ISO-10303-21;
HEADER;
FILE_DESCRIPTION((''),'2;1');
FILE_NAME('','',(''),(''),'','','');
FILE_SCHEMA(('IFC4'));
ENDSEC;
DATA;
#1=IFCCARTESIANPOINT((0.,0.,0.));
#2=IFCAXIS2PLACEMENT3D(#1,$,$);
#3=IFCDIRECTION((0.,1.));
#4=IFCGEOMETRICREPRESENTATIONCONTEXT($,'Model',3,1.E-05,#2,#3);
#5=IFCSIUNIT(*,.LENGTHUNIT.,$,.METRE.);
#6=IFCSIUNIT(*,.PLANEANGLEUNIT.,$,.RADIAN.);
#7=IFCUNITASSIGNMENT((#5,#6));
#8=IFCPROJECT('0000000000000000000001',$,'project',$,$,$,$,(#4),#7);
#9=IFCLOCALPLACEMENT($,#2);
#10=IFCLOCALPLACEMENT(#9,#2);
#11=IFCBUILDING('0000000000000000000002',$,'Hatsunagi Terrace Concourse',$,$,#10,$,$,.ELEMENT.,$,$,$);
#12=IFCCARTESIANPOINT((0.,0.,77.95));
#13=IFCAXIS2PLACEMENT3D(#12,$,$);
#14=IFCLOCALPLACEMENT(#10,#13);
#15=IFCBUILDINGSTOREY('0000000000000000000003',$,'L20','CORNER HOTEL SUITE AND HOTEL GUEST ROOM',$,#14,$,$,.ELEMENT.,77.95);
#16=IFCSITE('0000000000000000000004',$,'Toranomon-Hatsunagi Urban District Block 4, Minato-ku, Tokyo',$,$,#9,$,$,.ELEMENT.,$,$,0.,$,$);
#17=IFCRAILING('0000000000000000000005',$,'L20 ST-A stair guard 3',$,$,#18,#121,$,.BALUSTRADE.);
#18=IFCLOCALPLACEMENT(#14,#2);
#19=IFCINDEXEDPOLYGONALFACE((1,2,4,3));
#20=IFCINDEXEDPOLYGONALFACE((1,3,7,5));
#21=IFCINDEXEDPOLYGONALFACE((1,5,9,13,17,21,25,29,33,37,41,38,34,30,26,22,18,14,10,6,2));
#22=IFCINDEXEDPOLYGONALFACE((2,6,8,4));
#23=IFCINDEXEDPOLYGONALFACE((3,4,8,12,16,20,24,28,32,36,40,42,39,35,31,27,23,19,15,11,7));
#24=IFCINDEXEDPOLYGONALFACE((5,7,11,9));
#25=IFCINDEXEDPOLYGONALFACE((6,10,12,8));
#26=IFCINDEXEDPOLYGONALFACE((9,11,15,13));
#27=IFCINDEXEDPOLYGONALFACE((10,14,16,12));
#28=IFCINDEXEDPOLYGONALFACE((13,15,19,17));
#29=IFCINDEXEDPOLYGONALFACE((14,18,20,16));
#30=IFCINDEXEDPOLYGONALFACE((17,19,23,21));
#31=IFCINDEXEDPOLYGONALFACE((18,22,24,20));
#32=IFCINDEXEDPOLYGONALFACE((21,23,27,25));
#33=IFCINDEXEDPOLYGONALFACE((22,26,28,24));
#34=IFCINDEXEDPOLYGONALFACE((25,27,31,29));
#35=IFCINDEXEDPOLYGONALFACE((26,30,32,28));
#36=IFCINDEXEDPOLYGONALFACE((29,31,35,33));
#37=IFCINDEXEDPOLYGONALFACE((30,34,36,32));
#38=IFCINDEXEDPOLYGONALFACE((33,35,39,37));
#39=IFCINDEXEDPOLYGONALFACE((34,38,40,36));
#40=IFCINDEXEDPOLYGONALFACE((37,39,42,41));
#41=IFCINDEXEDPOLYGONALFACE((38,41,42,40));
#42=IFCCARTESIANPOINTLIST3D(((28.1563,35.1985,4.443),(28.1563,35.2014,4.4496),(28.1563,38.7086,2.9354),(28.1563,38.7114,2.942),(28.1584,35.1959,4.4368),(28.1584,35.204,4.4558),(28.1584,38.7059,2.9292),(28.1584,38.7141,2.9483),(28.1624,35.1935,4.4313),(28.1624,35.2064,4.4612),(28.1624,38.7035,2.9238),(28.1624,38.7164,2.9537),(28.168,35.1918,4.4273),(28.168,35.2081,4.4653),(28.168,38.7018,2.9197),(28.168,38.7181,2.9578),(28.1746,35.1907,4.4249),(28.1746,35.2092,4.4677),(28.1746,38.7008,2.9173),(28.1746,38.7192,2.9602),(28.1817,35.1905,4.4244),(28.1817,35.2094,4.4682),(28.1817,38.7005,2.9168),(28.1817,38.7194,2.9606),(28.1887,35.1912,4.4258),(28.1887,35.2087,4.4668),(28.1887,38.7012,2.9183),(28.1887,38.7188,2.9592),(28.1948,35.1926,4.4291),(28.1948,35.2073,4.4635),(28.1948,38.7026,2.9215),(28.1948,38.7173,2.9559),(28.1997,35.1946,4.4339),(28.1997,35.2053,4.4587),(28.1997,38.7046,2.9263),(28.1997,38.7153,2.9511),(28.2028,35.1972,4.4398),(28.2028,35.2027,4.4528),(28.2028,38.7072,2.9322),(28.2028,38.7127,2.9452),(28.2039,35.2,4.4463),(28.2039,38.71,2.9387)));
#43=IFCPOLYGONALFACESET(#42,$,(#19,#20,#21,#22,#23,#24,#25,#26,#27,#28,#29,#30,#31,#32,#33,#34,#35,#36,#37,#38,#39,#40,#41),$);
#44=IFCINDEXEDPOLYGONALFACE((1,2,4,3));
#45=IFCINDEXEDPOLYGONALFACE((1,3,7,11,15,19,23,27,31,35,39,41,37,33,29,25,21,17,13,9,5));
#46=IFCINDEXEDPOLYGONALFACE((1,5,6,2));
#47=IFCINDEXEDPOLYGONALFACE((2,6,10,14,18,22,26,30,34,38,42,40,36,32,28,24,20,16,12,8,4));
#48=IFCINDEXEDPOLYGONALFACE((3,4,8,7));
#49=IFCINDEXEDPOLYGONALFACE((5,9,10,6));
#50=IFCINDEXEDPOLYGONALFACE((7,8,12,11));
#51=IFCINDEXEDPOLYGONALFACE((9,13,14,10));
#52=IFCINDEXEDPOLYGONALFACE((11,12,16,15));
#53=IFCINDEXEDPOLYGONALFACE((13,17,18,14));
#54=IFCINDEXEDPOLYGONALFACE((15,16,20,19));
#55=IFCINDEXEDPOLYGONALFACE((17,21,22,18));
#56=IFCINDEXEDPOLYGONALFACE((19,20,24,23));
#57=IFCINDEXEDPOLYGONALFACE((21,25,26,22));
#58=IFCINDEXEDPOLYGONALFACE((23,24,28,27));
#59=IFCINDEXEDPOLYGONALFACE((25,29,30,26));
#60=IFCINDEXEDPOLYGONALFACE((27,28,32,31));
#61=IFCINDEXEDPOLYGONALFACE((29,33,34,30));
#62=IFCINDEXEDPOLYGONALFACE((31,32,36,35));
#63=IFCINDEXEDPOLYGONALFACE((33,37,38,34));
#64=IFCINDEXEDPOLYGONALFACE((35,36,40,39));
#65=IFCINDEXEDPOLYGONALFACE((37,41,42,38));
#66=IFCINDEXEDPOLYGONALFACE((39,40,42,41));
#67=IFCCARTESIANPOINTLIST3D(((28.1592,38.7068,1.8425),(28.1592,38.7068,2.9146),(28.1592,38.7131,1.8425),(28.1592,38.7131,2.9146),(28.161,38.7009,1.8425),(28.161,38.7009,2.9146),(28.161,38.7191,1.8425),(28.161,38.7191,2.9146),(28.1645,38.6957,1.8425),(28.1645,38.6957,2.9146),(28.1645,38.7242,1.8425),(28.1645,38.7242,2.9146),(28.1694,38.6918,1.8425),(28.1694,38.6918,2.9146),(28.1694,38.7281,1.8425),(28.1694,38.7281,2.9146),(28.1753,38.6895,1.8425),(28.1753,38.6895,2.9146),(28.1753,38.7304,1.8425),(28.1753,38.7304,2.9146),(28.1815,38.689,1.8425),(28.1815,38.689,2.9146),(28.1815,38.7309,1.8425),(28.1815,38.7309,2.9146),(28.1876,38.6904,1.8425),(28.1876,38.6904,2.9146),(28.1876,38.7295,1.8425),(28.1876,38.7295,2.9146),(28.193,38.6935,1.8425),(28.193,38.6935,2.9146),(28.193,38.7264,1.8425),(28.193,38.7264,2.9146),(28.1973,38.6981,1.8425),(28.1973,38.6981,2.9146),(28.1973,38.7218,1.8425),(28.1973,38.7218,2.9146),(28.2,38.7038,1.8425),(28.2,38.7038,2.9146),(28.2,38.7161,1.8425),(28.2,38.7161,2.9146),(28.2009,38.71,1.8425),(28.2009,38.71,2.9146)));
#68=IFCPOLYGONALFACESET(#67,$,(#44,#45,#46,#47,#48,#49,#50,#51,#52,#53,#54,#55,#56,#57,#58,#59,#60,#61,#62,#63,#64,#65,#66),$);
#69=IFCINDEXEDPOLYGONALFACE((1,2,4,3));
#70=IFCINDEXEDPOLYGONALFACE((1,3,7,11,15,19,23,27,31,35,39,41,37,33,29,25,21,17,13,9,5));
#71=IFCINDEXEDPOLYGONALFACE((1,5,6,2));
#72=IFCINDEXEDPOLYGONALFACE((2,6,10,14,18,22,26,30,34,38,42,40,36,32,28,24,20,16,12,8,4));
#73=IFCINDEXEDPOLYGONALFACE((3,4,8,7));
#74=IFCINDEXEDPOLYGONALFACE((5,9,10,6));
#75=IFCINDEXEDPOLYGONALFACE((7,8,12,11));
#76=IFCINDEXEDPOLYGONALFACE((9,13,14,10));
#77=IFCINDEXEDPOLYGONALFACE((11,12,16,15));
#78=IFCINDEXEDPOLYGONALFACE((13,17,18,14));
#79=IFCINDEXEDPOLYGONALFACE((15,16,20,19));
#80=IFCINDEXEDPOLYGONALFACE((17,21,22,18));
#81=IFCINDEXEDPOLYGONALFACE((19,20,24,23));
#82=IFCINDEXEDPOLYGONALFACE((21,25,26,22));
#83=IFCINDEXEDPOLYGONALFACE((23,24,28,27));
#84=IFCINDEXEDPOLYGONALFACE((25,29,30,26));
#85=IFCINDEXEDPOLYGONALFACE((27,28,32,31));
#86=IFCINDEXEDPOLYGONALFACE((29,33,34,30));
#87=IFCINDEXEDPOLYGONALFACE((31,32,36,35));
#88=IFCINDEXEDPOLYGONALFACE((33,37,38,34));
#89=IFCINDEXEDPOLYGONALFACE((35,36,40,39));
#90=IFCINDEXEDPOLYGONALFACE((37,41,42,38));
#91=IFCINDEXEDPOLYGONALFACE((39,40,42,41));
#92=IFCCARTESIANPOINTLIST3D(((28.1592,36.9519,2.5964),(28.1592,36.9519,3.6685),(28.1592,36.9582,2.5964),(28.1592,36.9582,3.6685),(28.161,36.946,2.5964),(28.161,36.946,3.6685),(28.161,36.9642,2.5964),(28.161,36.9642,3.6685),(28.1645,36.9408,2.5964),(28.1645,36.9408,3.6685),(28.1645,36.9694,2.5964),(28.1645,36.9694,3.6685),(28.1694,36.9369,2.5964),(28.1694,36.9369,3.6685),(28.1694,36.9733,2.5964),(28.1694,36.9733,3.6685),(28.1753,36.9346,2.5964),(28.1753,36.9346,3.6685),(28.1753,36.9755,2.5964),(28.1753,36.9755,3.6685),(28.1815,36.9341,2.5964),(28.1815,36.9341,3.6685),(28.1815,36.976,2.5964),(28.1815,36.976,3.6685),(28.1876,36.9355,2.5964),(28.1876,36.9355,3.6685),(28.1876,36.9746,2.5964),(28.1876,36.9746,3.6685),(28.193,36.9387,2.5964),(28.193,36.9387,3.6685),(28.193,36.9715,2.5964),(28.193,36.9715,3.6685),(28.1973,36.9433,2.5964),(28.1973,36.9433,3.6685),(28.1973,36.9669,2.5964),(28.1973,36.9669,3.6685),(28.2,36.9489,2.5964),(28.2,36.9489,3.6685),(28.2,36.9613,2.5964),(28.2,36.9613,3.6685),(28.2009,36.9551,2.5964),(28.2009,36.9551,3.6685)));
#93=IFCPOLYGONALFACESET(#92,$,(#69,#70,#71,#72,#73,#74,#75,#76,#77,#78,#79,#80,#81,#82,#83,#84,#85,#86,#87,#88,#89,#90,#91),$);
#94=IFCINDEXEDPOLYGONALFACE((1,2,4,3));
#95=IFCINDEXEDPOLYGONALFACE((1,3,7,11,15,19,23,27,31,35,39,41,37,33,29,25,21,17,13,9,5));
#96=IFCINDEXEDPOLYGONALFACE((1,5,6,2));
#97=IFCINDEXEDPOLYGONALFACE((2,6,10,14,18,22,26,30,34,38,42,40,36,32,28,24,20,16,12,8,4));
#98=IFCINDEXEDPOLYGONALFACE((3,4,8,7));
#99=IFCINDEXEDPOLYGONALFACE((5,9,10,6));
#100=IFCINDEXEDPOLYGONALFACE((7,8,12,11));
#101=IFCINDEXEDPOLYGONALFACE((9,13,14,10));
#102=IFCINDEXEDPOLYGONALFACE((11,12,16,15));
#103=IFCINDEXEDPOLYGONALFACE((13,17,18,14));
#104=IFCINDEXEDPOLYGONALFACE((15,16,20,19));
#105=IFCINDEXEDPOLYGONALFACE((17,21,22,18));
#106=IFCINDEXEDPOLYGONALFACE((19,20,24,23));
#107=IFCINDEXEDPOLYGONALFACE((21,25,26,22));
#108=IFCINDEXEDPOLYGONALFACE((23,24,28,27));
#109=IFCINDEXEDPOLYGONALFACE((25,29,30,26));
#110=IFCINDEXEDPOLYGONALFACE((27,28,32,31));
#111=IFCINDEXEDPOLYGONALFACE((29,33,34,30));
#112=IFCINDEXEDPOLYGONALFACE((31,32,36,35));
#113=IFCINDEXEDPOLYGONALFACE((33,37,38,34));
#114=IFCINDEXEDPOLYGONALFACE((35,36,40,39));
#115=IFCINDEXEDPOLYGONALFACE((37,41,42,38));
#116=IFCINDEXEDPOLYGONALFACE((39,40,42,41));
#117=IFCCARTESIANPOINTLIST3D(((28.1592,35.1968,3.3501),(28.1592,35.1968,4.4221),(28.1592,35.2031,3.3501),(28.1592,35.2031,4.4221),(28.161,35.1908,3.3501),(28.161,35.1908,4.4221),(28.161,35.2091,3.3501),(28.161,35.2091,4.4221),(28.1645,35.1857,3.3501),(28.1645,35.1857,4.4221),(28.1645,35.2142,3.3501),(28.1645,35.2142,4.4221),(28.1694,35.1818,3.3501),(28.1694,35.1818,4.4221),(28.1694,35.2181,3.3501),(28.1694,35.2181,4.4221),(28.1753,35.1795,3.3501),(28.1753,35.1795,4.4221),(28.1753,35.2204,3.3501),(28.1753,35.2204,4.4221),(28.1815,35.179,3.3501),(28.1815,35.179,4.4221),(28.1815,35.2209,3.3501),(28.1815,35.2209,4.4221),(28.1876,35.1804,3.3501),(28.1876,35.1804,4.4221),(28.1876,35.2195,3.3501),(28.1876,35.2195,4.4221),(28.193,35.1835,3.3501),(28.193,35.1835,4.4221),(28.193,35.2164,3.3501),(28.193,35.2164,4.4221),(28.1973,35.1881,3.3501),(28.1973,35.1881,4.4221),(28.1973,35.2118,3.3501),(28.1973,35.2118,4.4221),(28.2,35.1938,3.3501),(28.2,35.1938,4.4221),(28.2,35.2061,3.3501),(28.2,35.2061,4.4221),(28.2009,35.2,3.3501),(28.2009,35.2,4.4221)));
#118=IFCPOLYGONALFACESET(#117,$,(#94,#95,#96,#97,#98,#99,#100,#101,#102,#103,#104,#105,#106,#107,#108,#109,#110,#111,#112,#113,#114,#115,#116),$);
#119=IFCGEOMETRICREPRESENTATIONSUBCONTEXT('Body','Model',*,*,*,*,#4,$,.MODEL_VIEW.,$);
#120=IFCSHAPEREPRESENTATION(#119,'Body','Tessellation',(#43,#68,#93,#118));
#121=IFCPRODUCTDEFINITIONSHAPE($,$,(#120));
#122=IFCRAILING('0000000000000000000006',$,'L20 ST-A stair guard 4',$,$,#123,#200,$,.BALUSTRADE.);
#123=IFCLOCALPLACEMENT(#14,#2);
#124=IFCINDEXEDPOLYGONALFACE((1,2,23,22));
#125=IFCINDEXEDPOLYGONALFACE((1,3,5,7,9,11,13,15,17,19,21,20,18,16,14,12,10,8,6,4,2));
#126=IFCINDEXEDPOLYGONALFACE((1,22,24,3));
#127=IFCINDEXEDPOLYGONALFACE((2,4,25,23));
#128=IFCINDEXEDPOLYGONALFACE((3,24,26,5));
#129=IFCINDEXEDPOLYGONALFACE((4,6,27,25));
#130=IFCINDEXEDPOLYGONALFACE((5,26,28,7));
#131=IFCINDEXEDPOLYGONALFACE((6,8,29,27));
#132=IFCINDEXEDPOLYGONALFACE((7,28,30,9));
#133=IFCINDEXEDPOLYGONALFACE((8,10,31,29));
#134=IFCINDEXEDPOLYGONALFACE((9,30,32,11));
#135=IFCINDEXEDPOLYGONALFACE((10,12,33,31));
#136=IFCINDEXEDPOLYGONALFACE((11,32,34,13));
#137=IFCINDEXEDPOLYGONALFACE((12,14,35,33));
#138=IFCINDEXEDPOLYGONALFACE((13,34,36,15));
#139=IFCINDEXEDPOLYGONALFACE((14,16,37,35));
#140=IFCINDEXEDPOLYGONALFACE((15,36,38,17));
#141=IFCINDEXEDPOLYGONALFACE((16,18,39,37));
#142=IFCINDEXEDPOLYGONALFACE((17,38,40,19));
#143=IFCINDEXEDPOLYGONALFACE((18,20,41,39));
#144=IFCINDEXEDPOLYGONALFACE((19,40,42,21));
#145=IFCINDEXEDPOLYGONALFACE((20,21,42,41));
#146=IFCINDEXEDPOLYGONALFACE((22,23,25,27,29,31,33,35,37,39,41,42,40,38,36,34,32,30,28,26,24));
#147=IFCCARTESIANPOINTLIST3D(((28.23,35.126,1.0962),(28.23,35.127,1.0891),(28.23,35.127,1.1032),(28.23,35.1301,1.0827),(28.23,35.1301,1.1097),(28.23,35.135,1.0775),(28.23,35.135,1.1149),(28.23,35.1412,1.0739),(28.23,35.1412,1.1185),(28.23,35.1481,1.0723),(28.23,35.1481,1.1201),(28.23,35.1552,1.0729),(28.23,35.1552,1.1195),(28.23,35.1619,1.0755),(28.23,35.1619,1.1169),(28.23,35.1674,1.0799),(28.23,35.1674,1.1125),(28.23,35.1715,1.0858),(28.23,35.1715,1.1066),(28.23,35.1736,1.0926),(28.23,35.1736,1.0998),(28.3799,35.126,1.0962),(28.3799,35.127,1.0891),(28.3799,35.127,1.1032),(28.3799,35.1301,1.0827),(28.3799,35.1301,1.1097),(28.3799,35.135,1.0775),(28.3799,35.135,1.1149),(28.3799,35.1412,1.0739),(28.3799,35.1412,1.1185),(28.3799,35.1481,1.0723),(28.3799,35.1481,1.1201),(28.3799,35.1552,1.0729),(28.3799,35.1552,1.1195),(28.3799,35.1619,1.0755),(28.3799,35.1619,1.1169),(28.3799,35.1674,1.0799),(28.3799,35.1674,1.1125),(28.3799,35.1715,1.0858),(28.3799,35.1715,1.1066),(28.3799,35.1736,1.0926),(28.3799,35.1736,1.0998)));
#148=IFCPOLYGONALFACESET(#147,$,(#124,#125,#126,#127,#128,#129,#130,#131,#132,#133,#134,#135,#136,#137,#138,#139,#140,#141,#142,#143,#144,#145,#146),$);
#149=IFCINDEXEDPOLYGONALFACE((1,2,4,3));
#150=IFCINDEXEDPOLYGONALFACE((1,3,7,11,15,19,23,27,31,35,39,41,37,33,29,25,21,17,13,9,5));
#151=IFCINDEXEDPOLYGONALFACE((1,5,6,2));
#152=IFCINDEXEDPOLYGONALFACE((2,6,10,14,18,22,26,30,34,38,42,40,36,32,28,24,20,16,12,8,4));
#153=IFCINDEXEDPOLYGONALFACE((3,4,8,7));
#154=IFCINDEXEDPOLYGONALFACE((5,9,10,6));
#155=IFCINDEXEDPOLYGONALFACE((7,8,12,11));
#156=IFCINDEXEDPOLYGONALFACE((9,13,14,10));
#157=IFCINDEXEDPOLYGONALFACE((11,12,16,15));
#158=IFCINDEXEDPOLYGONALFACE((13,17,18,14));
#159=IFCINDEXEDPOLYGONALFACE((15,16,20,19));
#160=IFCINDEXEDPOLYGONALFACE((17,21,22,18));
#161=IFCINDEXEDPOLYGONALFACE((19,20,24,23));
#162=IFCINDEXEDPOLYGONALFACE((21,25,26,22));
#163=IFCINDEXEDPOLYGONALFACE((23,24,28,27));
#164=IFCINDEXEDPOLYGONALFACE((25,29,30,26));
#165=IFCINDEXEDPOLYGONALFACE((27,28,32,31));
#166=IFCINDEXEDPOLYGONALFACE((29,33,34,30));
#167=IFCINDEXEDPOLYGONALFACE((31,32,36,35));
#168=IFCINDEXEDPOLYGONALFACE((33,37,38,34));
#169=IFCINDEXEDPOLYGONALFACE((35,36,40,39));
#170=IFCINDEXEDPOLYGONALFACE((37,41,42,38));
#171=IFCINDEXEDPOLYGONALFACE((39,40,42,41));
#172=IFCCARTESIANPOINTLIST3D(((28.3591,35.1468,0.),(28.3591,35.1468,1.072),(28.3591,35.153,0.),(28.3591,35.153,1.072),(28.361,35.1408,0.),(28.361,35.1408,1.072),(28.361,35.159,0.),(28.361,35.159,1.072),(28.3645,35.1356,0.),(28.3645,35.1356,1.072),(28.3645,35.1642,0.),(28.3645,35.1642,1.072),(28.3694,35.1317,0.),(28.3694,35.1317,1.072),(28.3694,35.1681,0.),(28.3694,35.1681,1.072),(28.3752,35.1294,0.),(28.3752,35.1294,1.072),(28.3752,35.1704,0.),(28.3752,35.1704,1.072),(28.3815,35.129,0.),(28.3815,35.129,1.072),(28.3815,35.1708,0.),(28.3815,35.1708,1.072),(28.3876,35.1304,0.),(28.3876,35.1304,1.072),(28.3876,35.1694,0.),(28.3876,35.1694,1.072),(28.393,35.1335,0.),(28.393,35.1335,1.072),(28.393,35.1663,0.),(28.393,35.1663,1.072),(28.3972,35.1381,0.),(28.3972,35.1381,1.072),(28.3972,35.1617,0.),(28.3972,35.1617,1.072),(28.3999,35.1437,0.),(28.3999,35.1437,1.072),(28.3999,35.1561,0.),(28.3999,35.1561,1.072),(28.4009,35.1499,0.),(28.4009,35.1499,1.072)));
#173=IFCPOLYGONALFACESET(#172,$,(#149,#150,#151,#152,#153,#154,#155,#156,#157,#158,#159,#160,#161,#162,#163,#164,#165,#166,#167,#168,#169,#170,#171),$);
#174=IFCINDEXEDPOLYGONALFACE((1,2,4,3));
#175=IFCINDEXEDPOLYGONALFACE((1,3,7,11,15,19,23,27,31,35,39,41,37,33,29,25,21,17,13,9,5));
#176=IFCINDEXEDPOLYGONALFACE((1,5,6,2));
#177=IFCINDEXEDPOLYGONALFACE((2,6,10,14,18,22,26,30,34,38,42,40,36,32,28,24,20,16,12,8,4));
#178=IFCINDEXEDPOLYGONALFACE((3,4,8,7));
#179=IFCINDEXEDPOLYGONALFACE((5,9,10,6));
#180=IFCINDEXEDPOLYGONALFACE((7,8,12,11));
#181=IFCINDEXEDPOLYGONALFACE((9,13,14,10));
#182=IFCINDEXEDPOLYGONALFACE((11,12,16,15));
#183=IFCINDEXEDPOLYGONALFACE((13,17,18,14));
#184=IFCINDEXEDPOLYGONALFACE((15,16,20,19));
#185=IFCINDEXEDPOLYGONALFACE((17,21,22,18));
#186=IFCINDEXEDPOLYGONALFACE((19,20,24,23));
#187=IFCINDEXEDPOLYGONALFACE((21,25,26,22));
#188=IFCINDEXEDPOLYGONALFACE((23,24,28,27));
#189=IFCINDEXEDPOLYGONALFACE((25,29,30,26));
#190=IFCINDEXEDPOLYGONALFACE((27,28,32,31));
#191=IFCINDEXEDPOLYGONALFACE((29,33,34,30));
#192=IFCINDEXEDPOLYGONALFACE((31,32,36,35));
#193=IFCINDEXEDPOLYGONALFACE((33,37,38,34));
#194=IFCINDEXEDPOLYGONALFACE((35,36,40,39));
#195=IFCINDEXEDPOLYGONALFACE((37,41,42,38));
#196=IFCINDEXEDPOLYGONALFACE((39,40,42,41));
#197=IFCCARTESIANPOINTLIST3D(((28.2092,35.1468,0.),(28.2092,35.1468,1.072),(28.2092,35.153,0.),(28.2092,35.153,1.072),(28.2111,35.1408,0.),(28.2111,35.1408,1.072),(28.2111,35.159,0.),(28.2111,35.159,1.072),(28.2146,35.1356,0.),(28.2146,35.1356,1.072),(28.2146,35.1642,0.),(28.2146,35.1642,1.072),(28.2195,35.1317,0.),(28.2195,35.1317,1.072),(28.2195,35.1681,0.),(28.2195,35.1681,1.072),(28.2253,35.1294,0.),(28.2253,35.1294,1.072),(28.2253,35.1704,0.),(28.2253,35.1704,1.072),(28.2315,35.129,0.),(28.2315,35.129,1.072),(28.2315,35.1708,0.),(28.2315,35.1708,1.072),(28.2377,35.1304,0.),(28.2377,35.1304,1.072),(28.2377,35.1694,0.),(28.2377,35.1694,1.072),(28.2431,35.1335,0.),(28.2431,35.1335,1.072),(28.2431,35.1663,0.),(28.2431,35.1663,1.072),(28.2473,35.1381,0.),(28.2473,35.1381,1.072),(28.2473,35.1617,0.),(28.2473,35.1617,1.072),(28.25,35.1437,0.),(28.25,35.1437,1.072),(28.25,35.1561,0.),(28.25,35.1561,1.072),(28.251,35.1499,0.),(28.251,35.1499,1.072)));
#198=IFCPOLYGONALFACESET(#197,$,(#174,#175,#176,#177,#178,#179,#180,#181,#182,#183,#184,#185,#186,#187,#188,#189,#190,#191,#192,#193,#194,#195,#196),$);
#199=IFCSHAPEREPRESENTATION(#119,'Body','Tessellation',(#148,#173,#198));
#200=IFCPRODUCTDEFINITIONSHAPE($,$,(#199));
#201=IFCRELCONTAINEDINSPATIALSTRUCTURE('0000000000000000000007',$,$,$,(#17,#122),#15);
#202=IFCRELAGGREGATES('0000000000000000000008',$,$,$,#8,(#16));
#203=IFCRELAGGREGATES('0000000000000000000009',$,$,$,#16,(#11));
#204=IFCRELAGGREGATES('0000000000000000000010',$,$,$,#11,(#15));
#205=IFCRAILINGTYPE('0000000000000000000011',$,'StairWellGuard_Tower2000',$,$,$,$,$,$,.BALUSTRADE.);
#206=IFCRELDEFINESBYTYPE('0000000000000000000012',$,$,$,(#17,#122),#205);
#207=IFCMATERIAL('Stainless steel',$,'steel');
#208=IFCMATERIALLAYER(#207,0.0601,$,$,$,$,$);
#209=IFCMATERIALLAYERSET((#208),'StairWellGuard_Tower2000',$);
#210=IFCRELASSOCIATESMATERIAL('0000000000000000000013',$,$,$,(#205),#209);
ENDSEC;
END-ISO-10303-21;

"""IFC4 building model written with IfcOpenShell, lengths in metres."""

from ifc_helpers import new_model, si_unit, direction, frame, origin, origin_2d, place, context, subcontext, project, spatial, circle, extrude, material, layer, layer_set, type_object, element, save


model = new_model("IFC4")

# Units and contexts
model_context = context("Model", 3, precision=1e-05, world=origin(), true_north=direction((0.0, 1.0)))
body_context = subcontext(model_context, "Body", "Model", "MODEL_VIEW")
ifc_project = project(units=[si_unit("LENGTHUNIT", "METRE"), si_unit("PLANEANGLEUNIT", "RADIAN")], contexts=[model_context])

# Site, building, storey
site_placement = place(None, origin())
site = spatial("IfcSite", under=ifc_project, at=site_placement, Name="Toranomon-Hatsunagi Urban District Block 4, Minato-ku, Tokyo", CompositionType="ELEMENT", RefElevation=0.0)
building_placement = place(site_placement, origin())
building = spatial("IfcBuilding", under=site, at=building_placement, Name="Hatsunagi Terrace Concourse", CompositionType="ELEMENT")
storey_placement = place(building_placement, frame((0.0, 0.0, 77.95)))
storey = spatial("IfcBuildingStorey", under=building, at=storey_placement, Name="L20", Description="CORNER HOTEL SUITE AND HOTEL GUEST ROOM", CompositionType="ELEMENT", Elevation=77.95)

# Railings
ifc_material_1 = material(Name="Stainless steel", Category="steel")
ifc_layer_1 = layer(ifc_material_1, 0.0601)
ifc_layer_set_1 = layer_set([ifc_layer_1], Name="StairWellGuard_Tower2000")
railing_type_1 = type_object("IfcRailingType", Name="StairWellGuard_Tower2000", PredefinedType="BALUSTRADE", material=ifc_layer_set_1)
railing_1_placement = place(storey_placement, frame((28.1799, 38.71, 1.8425)))
element("IfcRailing", 1, at=railing_1_placement, inside=storey, type_object=railing_type_1, Name="L20 ST-A stair guard 3", PredefinedType="BALUSTRADE", context=body_context, shape_type="SweptSolid", body=[
    extrude(circle(Radius=0.0239, at=origin_2d()), frame((0.0, 0.0, 1.0962), z_axis=(0.0, -0.918834, 0.394644), x_axis=(1.0, 0.0, 0.0)), (0.0, 0.0, 1.0), 3.8201),
    extrude(circle(Radius=0.021, at=origin_2d()), origin(), (0.0, 0.0, 1.0), 1.072),
    extrude(circle(Radius=0.021, at=origin_2d()), frame((0.0, -1.7549, 0.7539)), (0.0, 0.0, 1.0), 1.072),
    extrude(circle(Radius=0.021, at=origin_2d()), frame((0.0, -3.51, 1.5076)), (0.0, 0.0, 1.0), 1.072),
])
railing_2_placement = place(storey_placement, frame((28.3799, 35.1499, 0.0)))
element("IfcRailing", 2, at=railing_2_placement, inside=storey, type_object=railing_type_1, Name="L20 ST-A stair guard 4", PredefinedType="BALUSTRADE", context=body_context, shape_type="SweptSolid", body=[
    extrude(circle(Radius=0.0239, at=origin_2d()), frame((0.0, 0.0, 1.0962), z_axis=(-1.0, 0.0, 0.0), x_axis=(0.0, -1.0, 0.0)), (0.0, 0.0, 1.0), 0.1499),
    extrude(circle(Radius=0.021, at=origin_2d()), origin(), (0.0, 0.0, 1.0), 1.072),
    extrude(circle(Radius=0.021, at=origin_2d()), frame((-0.1499, 0.0, 0.0)), (0.0, 0.0, 1.0), 1.072),
])

save(model, "model.ifc")
